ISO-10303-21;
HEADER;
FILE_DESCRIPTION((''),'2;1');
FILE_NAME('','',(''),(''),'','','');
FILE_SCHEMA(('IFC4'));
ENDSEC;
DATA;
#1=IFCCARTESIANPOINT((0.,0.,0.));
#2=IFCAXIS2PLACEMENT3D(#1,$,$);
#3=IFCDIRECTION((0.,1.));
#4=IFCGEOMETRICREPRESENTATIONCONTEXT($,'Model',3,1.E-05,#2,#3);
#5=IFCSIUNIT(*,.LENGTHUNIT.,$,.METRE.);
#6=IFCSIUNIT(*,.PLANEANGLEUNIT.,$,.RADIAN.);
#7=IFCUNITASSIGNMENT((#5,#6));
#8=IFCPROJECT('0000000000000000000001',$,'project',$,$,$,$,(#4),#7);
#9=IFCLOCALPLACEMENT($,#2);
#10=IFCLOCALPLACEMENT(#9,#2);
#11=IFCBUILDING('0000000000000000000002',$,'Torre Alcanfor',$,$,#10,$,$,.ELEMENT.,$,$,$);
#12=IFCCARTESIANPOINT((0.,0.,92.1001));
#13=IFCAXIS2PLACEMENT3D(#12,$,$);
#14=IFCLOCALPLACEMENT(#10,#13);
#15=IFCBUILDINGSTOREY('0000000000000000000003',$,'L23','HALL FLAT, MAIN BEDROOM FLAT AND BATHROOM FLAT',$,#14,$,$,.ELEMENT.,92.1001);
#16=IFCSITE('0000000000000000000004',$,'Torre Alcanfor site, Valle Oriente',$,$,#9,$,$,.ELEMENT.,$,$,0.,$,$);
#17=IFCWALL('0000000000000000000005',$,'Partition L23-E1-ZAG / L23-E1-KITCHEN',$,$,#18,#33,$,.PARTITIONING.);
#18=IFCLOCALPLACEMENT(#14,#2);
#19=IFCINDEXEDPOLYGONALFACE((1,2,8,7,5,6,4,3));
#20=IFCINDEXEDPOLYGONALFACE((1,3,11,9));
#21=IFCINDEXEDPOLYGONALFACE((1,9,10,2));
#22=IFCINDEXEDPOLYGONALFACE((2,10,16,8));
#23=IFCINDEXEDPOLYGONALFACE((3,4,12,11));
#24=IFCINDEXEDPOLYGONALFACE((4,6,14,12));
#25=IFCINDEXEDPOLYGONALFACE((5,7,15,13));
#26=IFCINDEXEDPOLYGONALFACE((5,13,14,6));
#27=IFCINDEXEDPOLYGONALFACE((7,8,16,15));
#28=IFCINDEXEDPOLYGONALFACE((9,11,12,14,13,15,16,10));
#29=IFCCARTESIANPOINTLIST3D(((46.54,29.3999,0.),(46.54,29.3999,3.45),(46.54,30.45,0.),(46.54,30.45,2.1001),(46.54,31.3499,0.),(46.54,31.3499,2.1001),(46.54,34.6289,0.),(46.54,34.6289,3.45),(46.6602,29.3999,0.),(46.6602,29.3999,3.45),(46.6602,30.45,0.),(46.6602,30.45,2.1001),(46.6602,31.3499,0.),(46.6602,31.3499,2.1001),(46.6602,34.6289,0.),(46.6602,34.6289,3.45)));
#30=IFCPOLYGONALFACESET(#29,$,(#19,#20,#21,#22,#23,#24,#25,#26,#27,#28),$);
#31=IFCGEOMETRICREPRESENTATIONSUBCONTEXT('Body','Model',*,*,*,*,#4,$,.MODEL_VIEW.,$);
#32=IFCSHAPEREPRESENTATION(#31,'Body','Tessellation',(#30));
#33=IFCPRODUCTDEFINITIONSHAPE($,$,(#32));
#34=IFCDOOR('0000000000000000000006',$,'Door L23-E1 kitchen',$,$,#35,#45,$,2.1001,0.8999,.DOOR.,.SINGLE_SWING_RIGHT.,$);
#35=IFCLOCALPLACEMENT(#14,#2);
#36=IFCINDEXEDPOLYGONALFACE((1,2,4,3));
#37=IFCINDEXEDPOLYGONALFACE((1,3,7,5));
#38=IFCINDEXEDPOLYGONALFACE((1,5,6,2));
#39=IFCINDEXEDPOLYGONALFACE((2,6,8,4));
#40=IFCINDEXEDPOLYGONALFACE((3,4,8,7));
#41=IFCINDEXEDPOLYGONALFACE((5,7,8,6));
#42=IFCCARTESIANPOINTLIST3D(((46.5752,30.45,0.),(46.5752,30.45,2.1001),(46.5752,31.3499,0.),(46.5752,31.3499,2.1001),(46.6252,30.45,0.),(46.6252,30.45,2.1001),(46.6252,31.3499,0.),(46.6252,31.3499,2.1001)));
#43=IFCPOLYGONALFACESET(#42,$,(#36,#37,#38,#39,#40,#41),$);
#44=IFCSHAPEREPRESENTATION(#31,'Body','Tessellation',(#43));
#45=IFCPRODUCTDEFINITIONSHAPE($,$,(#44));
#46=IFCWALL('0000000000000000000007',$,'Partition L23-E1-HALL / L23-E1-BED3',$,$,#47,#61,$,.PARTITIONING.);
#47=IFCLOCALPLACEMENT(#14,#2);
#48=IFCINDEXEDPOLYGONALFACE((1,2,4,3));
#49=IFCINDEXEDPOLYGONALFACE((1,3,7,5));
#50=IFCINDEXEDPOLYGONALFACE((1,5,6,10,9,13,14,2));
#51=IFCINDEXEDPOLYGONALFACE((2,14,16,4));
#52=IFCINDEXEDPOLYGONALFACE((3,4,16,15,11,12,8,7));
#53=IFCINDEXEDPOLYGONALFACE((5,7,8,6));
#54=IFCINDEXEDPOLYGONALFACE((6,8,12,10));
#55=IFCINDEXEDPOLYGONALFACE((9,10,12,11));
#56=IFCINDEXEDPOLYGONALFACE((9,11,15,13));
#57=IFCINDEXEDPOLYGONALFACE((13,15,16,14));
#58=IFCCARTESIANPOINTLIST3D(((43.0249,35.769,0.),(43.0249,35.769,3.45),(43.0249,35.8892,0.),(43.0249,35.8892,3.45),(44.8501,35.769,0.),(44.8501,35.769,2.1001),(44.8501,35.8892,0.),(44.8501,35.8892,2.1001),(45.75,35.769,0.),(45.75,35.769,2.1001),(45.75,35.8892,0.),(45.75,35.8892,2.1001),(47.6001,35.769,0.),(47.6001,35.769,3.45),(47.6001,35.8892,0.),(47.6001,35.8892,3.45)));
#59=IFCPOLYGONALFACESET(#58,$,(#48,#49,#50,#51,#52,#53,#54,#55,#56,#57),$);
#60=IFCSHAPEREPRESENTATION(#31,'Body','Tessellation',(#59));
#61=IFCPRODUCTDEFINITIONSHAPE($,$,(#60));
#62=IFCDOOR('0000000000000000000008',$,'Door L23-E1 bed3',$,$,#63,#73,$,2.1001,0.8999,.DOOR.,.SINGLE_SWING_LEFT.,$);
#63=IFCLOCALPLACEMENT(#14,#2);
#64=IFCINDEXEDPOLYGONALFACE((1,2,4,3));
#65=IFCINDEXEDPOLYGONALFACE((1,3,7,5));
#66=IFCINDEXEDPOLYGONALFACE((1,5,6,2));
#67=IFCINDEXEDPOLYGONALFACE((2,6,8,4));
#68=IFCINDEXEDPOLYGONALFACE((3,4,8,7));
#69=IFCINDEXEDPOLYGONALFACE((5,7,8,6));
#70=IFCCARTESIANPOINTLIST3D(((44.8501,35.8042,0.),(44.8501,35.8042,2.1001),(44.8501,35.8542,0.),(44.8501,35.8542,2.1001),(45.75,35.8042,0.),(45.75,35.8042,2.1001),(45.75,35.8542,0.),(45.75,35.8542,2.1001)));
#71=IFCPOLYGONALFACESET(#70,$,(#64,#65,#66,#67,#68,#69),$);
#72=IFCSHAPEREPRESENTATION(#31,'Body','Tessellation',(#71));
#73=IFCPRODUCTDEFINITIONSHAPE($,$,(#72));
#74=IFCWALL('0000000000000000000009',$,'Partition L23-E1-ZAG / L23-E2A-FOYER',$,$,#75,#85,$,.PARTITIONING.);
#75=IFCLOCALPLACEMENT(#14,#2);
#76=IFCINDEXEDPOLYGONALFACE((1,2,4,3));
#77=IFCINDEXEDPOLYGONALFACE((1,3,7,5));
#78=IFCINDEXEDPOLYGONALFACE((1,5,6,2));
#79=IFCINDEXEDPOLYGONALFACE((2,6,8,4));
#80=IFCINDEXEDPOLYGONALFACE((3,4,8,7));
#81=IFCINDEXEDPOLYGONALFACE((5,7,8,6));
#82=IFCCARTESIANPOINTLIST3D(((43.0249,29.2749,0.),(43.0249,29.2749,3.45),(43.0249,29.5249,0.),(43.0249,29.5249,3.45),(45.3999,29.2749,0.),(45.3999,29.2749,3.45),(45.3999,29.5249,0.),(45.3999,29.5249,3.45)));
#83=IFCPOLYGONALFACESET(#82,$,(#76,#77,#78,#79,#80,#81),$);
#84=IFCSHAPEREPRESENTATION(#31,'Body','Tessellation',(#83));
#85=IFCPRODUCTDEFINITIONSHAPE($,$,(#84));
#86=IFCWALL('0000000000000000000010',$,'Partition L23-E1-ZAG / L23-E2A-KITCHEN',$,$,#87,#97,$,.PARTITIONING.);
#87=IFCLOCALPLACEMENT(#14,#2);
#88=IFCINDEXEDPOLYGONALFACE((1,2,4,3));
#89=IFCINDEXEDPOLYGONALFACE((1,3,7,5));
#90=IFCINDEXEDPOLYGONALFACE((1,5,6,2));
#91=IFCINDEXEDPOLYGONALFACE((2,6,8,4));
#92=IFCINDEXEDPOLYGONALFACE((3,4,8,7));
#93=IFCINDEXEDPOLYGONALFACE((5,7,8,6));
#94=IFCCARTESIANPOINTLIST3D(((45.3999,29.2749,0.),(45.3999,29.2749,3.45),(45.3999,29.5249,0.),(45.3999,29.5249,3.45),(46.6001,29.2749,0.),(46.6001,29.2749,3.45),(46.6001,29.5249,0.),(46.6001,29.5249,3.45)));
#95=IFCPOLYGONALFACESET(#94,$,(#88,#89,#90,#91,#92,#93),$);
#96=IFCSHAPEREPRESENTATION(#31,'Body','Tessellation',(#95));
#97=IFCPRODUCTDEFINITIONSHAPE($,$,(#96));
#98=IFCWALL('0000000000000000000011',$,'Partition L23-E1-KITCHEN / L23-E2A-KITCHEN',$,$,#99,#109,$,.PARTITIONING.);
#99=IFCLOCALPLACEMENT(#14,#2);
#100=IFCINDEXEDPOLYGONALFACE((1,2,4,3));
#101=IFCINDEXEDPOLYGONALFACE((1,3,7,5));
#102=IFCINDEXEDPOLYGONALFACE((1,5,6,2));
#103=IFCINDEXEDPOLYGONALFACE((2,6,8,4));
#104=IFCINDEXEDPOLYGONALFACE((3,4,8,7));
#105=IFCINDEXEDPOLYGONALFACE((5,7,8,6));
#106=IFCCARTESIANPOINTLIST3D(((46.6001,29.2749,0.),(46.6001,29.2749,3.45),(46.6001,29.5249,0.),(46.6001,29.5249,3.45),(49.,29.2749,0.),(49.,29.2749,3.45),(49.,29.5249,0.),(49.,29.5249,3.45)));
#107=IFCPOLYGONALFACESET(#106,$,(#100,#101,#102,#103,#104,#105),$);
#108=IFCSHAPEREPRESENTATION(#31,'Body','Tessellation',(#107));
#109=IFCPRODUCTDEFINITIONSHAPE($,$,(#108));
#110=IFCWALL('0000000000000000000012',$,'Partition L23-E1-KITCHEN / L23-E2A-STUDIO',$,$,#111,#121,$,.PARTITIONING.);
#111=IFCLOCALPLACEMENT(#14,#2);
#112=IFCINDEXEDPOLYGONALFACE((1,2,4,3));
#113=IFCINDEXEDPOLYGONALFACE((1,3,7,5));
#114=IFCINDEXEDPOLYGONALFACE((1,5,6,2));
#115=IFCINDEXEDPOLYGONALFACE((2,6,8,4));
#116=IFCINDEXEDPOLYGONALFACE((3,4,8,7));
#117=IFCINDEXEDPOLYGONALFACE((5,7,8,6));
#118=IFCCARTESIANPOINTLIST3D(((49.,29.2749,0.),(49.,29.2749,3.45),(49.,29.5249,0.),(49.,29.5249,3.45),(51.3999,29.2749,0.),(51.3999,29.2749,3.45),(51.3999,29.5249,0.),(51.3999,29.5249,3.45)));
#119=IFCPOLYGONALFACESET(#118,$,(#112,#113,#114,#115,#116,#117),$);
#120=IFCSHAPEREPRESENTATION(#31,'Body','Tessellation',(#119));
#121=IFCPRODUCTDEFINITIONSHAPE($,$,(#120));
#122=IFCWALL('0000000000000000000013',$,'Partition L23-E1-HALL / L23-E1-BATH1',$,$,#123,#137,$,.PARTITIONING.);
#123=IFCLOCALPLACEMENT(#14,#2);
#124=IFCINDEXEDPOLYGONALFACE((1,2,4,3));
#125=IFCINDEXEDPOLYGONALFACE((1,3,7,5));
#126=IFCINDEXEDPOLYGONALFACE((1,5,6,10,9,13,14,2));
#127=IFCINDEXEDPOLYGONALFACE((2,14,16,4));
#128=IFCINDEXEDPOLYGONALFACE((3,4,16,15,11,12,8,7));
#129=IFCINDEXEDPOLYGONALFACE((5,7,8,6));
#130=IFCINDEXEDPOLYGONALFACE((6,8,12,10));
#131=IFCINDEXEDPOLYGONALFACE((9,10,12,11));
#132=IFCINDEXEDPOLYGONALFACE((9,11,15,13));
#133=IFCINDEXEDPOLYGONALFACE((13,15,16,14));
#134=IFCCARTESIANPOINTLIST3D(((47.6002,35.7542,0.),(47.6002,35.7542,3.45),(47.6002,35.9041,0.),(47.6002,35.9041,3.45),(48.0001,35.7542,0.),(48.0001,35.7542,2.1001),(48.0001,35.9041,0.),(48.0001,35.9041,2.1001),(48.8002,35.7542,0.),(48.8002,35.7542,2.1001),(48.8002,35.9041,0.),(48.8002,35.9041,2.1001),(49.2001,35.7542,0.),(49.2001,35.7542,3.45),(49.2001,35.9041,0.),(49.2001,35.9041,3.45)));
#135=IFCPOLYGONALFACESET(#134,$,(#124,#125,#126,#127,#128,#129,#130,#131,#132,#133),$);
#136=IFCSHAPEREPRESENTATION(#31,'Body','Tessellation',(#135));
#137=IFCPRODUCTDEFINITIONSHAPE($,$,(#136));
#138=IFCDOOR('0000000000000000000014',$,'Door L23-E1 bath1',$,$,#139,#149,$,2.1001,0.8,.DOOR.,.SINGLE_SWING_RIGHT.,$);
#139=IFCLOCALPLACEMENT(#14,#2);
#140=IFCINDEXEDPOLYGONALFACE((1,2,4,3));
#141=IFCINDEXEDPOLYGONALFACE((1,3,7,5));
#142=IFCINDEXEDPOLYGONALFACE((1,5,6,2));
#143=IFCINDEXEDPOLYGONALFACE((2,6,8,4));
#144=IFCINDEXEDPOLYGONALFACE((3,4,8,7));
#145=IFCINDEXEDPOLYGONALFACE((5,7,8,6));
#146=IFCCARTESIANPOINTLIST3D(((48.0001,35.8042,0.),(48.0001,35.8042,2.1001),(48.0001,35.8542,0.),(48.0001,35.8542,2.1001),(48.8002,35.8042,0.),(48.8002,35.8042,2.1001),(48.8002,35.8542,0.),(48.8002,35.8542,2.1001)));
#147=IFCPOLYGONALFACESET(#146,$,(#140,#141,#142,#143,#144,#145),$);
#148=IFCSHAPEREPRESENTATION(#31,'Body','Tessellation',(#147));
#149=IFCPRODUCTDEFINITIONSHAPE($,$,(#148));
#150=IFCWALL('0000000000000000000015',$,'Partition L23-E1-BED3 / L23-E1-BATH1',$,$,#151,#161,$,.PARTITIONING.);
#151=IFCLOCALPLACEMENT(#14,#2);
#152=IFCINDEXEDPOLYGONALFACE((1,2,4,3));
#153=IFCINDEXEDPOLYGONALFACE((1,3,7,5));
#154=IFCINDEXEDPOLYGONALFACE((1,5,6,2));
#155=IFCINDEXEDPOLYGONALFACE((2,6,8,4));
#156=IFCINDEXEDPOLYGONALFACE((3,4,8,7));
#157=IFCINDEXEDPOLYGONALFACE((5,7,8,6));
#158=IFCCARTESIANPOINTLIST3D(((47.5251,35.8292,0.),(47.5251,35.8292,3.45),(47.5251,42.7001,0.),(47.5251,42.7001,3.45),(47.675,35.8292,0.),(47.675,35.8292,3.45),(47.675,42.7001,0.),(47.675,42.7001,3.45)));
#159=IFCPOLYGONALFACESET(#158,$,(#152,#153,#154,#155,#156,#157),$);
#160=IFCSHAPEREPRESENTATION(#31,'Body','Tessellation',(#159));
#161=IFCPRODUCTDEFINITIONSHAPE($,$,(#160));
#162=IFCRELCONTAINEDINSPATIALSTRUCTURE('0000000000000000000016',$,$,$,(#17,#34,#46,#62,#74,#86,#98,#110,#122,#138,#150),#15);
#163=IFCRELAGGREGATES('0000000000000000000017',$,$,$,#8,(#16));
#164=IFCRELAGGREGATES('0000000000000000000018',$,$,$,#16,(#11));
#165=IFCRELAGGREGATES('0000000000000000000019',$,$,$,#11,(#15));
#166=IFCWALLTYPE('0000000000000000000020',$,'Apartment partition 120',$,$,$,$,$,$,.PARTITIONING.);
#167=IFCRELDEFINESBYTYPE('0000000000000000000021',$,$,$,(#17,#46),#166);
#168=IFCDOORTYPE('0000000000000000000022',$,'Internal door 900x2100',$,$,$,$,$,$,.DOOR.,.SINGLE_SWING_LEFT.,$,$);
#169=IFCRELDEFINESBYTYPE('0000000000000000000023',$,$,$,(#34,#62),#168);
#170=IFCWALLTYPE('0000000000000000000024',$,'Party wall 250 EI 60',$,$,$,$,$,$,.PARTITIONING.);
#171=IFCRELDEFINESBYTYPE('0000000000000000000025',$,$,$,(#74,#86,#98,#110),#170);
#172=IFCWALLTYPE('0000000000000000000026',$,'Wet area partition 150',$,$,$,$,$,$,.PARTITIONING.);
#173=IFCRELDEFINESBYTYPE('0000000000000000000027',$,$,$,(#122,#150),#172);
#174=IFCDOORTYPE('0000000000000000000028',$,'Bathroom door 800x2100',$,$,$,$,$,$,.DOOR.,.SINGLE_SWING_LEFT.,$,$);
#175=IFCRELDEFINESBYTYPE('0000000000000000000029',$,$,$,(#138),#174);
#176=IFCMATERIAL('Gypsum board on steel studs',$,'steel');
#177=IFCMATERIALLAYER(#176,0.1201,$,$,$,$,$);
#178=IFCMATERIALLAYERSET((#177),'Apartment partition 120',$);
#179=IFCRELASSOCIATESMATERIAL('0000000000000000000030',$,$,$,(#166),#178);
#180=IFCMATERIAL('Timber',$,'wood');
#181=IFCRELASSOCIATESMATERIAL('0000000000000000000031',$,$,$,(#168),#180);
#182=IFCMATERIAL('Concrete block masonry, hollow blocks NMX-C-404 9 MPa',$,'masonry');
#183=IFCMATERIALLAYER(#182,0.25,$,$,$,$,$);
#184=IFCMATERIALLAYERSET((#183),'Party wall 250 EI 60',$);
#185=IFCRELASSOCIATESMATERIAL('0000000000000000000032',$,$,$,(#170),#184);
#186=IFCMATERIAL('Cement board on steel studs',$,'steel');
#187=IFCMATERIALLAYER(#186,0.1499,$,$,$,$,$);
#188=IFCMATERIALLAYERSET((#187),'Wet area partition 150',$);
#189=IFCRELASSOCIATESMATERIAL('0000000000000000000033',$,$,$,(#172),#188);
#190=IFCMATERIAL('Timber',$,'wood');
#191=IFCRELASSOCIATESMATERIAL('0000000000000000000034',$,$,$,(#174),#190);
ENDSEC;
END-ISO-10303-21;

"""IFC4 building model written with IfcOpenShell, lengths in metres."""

from ifc_helpers import new_model, si_unit, direction, frame, frame_2d, origin, place, context, subcontext, project, spatial, rectangle, extrude, material, layer, layer_set, type_object, element, fill, save


model = new_model("IFC4")

# Units and contexts
model_context = context("Model", 3, precision=1e-05, world=origin(), true_north=direction((0.0, 1.0)))
body_context = subcontext(model_context, "Body", "Model", "MODEL_VIEW")
ifc_project = project(units=[si_unit("LENGTHUNIT", "METRE"), si_unit("PLANEANGLEUNIT", "RADIAN")], contexts=[model_context])

# Site, building, storey
site_placement = place(None, origin())
site = spatial("IfcSite", under=ifc_project, at=site_placement, Name="Torre Alcanfor site, Valle Oriente", CompositionType="ELEMENT", RefElevation=0.0)
building_placement = place(site_placement, origin())
building = spatial("IfcBuilding", under=site, at=building_placement, Name="Torre Alcanfor", CompositionType="ELEMENT")
storey_placement = place(building_placement, frame((0.0, 0.0, 92.1001)))
storey = spatial("IfcBuildingStorey", under=building, at=storey_placement, Name="L23", Description="HALL FLAT, MAIN BEDROOM FLAT AND BATHROOM FLAT", CompositionType="ELEMENT", Elevation=92.1001)

# Walls, openings, doors
ifc_material_1 = material(Name="Gypsum board on steel studs", Category="steel")
ifc_layer_1 = layer(ifc_material_1, 0.1201)
ifc_layer_set_1 = layer_set([ifc_layer_1], Name="Apartment partition 120")
wall_type_1 = type_object("IfcWallType", Name="Apartment partition 120", PredefinedType="PARTITIONING", material=ifc_layer_set_1)
wall_1_placement = place(storey_placement, frame((46.6001, 29.3999, 0.0), z_axis=(0.0, 0.0, 1.0), x_axis=(0.0, 1.0, 0.0)))
wall_1 = element("IfcWall", 1, at=wall_1_placement, inside=storey, type_object=wall_type_1, Name="Partition L23-E1-ZAG / L23-E1-KITCHEN", PredefinedType="PARTITIONING", context=body_context, shape_type="SweptSolid", body=[
    extrude(rectangle(XDim=5.229, YDim=0.1201, at=frame_2d((2.6145, 0.0))), origin(), (0.0, 0.0, 1.0), 3.45),
])
opening_1_placement = place(wall_1_placement, frame((1.05, 0.0, 0.0)))
opening_1 = element("IfcOpeningElement", 2, at=opening_1_placement, cuts=wall_1, PredefinedType="OPENING", context=body_context, shape_type="SweptSolid", body=[
    extrude(rectangle(XDim=0.8999, YDim=2.1001, at=frame_2d((0.45, 1.05))), frame((0.0, 0.0701, 0.0), z_axis=(0.0, -1.0, 0.0), x_axis=(1.0, 0.0, 0.0)), (0.0, 0.0, 1.0), 0.1401),
])
ifc_material_2 = material(Name="Timber", Category="wood")
door_type_1 = type_object("IfcDoorType", Name="Internal door 900x2100", OperationType="SINGLE_SWING_LEFT", PredefinedType="DOOR", material=ifc_material_2)
door_1_placement = place(opening_1_placement, frame((0.8999, 0.0, 0.0), z_axis=(0.0, 0.0, 1.0), x_axis=(-1.0, 0.0, 0.0)))
door_1 = element("IfcDoor", 3, at=door_1_placement, inside=storey, type_object=door_type_1, Name="Door L23-E1 kitchen", OperationType="SINGLE_SWING_RIGHT", OverallHeight=2.1001, OverallWidth=0.8999, PredefinedType="DOOR", context=body_context, shape_type="SweptSolid", body=[
    extrude(rectangle(XDim=0.8999, YDim=2.1001, at=frame_2d((0.45, 1.05))), frame((0.0, 0.0251, 0.0), z_axis=(0.0, -1.0, 0.0), x_axis=(1.0, 0.0, 0.0)), (0.0, 0.0, 1.0), 0.05),
])
fill(opening_1, door_1)
wall_2_placement = place(storey_placement, frame((47.6001, 35.8291, 0.0), z_axis=(0.0, 0.0, 1.0), x_axis=(-1.0, 0.0, 0.0)))
wall_2 = element("IfcWall", 4, at=wall_2_placement, inside=storey, type_object=wall_type_1, Name="Partition L23-E1-HALL / L23-E1-BED3", PredefinedType="PARTITIONING", context=body_context, shape_type="SweptSolid", body=[
    extrude(rectangle(XDim=4.5752, YDim=0.1201, at=frame_2d((2.2876, 0.0))), origin(), (0.0, 0.0, 1.0), 3.45),
])
opening_2_placement = place(wall_2_placement, frame((1.8501, 0.0, 0.0)))
opening_2 = element("IfcOpeningElement", 5, at=opening_2_placement, cuts=wall_2, PredefinedType="OPENING", context=body_context, shape_type="SweptSolid", body=[
    extrude(rectangle(XDim=0.8999, YDim=2.1001, at=frame_2d((0.45, 1.05))), frame((0.0, 0.0701, 0.0), z_axis=(0.0, -1.0, 0.0), x_axis=(1.0, 0.0, 0.0)), (0.0, 0.0, 1.0), 0.1401),
])
door_2_placement = place(opening_2_placement, frame((0.8999, 0.0, 0.0), z_axis=(0.0, 0.0, 1.0), x_axis=(-1.0, 0.0, 0.0)))
door_2 = element("IfcDoor", 6, at=door_2_placement, inside=storey, type_object=door_type_1, Name="Door L23-E1 bed3", OperationType="SINGLE_SWING_LEFT", OverallHeight=2.1001, OverallWidth=0.8999, PredefinedType="DOOR", context=body_context, shape_type="SweptSolid", body=[
    extrude(rectangle(XDim=0.8999, YDim=2.1001, at=frame_2d((0.45, 1.05))), frame((0.0, 0.0251, 0.0), z_axis=(0.0, -1.0, 0.0), x_axis=(1.0, 0.0, 0.0)), (0.0, 0.0, 1.0), 0.05),
])
fill(opening_2, door_2)

# Walls
ifc_material_3 = material(Name="Concrete block masonry, hollow blocks NMX-C-404 9 MPa", Category="masonry")
ifc_layer_2 = layer(ifc_material_3, 0.25)
ifc_layer_set_2 = layer_set([ifc_layer_2], Name="Party wall 250 EI 60")
wall_type_2 = type_object("IfcWallType", Name="Party wall 250 EI 60", PredefinedType="PARTITIONING", material=ifc_layer_set_2)
wall_3_placement = place(storey_placement, frame((43.0249, 29.3999, 0.0), z_axis=(0.0, 0.0, 1.0), x_axis=(1.0, 0.0, 0.0)))
element("IfcWall", 7, at=wall_3_placement, inside=storey, type_object=wall_type_2, Name="Partition L23-E1-ZAG / L23-E2A-FOYER", PredefinedType="PARTITIONING", context=body_context, shape_type="SweptSolid", body=[
    extrude(rectangle(XDim=2.375, YDim=0.25, at=frame_2d((1.1875, 0.0))), origin(), (0.0, 0.0, 1.0), 3.45),
])
wall_4_placement = place(storey_placement, frame((45.3999, 29.3999, 0.0), z_axis=(0.0, 0.0, 1.0), x_axis=(1.0, 0.0, 0.0)))
element("IfcWall", 8, at=wall_4_placement, inside=storey, type_object=wall_type_2, Name="Partition L23-E1-ZAG / L23-E2A-KITCHEN", PredefinedType="PARTITIONING", context=body_context, shape_type="SweptSolid", body=[
    extrude(rectangle(XDim=1.2002, YDim=0.25, at=frame_2d((0.6001, 0.0))), origin(), (0.0, 0.0, 1.0), 3.45),
])
for number, where, z_axis, x_axis, name in (
    (9, (46.6001, 29.3999, 0.0), (0.0, 0.0, 1.0), (1.0, 0.0, 0.0), "Partition L23-E1-KITCHEN / L23-E2A-KITCHEN"),
    (10, (49.0, 29.3999, 0.0), (0.0, 0.0, 1.0), (1.0, 0.0, 0.0), "Partition L23-E1-KITCHEN / L23-E2A-STUDIO"),
):
    element("IfcWall", number, at=place(storey_placement, frame(where, z_axis=z_axis, x_axis=x_axis)), inside=storey, type_object=wall_type_2, Name=name, PredefinedType="PARTITIONING", context=body_context, shape_type="SweptSolid", body=[
        extrude(rectangle(XDim=2.3999, YDim=0.25, at=frame_2d((1.2, 0.0))), origin(), (0.0, 0.0, 1.0), 3.45),
    ])

# Wall, opening, door
ifc_material_4 = material(Name="Cement board on steel studs", Category="steel")
ifc_layer_3 = layer(ifc_material_4, 0.1499)
ifc_layer_set_3 = layer_set([ifc_layer_3], Name="Wet area partition 150")
wall_type_3 = type_object("IfcWallType", Name="Wet area partition 150", PredefinedType="PARTITIONING", material=ifc_layer_set_3)
wall_5_placement = place(storey_placement, frame((49.2, 35.8291, 0.0), z_axis=(0.0, 0.0, 1.0), x_axis=(-1.0, 0.0, 0.0)))
wall_5 = element("IfcWall", 11, at=wall_5_placement, inside=storey, type_object=wall_type_3, Name="Partition L23-E1-HALL / L23-E1-BATH1", PredefinedType="PARTITIONING", context=body_context, shape_type="SweptSolid", body=[
    extrude(rectangle(XDim=1.5999, YDim=0.1499, at=frame_2d((0.7998, 0.0))), origin(), (0.0, 0.0, 1.0), 3.45),
])
opening_3_placement = place(wall_5_placement, frame((0.3999, 0.0, 0.0)))
opening_3 = element("IfcOpeningElement", 12, at=opening_3_placement, cuts=wall_5, PredefinedType="OPENING", context=body_context, shape_type="SweptSolid", body=[
    extrude(rectangle(XDim=0.8, YDim=2.1001, at=frame_2d((0.3999, 1.05))), frame((0.0, 0.085, 0.0), z_axis=(0.0, -1.0, 0.0), x_axis=(1.0, 0.0, 0.0)), (0.0, 0.0, 1.0), 0.1699),
])
ifc_material_5 = material(Name="Timber", Category="wood")
door_type_2 = type_object("IfcDoorType", Name="Bathroom door 800x2100", OperationType="SINGLE_SWING_LEFT", PredefinedType="DOOR", material=ifc_material_5)
door_3_placement = place(opening_3_placement, frame((0.8, 0.0, 0.0), z_axis=(0.0, 0.0, 1.0), x_axis=(-1.0, 0.0, 0.0)))
door_3 = element("IfcDoor", 13, at=door_3_placement, inside=storey, type_object=door_type_2, Name="Door L23-E1 bath1", OperationType="SINGLE_SWING_RIGHT", OverallHeight=2.1001, OverallWidth=0.8, PredefinedType="DOOR", context=body_context, shape_type="SweptSolid", body=[
    extrude(rectangle(XDim=0.8, YDim=2.1001, at=frame_2d((0.4001, 1.05))), frame((0.0, 0.0251, 0.0), z_axis=(0.0, -1.0, 0.0), x_axis=(1.0, 0.0, 0.0)), (0.0, 0.0, 1.0), 0.05),
])
fill(opening_3, door_3)

# Wall
wall_6_placement = place(storey_placement, frame((47.6001, 35.8291, 0.0), z_axis=(0.0, 0.0, 1.0), x_axis=(0.0, 1.0, 0.0)))
element("IfcWall", 14, at=wall_6_placement, inside=storey, type_object=wall_type_3, Name="Partition L23-E1-BED3 / L23-E1-BATH1", PredefinedType="PARTITIONING", context=body_context, shape_type="SweptSolid", body=[
    extrude(rectangle(XDim=6.8708, YDim=0.1499, at=frame_2d((3.4355, 0.0))), origin(), (0.0, 0.0, 1.0), 3.45),
])

save(model, "model.ifc")
